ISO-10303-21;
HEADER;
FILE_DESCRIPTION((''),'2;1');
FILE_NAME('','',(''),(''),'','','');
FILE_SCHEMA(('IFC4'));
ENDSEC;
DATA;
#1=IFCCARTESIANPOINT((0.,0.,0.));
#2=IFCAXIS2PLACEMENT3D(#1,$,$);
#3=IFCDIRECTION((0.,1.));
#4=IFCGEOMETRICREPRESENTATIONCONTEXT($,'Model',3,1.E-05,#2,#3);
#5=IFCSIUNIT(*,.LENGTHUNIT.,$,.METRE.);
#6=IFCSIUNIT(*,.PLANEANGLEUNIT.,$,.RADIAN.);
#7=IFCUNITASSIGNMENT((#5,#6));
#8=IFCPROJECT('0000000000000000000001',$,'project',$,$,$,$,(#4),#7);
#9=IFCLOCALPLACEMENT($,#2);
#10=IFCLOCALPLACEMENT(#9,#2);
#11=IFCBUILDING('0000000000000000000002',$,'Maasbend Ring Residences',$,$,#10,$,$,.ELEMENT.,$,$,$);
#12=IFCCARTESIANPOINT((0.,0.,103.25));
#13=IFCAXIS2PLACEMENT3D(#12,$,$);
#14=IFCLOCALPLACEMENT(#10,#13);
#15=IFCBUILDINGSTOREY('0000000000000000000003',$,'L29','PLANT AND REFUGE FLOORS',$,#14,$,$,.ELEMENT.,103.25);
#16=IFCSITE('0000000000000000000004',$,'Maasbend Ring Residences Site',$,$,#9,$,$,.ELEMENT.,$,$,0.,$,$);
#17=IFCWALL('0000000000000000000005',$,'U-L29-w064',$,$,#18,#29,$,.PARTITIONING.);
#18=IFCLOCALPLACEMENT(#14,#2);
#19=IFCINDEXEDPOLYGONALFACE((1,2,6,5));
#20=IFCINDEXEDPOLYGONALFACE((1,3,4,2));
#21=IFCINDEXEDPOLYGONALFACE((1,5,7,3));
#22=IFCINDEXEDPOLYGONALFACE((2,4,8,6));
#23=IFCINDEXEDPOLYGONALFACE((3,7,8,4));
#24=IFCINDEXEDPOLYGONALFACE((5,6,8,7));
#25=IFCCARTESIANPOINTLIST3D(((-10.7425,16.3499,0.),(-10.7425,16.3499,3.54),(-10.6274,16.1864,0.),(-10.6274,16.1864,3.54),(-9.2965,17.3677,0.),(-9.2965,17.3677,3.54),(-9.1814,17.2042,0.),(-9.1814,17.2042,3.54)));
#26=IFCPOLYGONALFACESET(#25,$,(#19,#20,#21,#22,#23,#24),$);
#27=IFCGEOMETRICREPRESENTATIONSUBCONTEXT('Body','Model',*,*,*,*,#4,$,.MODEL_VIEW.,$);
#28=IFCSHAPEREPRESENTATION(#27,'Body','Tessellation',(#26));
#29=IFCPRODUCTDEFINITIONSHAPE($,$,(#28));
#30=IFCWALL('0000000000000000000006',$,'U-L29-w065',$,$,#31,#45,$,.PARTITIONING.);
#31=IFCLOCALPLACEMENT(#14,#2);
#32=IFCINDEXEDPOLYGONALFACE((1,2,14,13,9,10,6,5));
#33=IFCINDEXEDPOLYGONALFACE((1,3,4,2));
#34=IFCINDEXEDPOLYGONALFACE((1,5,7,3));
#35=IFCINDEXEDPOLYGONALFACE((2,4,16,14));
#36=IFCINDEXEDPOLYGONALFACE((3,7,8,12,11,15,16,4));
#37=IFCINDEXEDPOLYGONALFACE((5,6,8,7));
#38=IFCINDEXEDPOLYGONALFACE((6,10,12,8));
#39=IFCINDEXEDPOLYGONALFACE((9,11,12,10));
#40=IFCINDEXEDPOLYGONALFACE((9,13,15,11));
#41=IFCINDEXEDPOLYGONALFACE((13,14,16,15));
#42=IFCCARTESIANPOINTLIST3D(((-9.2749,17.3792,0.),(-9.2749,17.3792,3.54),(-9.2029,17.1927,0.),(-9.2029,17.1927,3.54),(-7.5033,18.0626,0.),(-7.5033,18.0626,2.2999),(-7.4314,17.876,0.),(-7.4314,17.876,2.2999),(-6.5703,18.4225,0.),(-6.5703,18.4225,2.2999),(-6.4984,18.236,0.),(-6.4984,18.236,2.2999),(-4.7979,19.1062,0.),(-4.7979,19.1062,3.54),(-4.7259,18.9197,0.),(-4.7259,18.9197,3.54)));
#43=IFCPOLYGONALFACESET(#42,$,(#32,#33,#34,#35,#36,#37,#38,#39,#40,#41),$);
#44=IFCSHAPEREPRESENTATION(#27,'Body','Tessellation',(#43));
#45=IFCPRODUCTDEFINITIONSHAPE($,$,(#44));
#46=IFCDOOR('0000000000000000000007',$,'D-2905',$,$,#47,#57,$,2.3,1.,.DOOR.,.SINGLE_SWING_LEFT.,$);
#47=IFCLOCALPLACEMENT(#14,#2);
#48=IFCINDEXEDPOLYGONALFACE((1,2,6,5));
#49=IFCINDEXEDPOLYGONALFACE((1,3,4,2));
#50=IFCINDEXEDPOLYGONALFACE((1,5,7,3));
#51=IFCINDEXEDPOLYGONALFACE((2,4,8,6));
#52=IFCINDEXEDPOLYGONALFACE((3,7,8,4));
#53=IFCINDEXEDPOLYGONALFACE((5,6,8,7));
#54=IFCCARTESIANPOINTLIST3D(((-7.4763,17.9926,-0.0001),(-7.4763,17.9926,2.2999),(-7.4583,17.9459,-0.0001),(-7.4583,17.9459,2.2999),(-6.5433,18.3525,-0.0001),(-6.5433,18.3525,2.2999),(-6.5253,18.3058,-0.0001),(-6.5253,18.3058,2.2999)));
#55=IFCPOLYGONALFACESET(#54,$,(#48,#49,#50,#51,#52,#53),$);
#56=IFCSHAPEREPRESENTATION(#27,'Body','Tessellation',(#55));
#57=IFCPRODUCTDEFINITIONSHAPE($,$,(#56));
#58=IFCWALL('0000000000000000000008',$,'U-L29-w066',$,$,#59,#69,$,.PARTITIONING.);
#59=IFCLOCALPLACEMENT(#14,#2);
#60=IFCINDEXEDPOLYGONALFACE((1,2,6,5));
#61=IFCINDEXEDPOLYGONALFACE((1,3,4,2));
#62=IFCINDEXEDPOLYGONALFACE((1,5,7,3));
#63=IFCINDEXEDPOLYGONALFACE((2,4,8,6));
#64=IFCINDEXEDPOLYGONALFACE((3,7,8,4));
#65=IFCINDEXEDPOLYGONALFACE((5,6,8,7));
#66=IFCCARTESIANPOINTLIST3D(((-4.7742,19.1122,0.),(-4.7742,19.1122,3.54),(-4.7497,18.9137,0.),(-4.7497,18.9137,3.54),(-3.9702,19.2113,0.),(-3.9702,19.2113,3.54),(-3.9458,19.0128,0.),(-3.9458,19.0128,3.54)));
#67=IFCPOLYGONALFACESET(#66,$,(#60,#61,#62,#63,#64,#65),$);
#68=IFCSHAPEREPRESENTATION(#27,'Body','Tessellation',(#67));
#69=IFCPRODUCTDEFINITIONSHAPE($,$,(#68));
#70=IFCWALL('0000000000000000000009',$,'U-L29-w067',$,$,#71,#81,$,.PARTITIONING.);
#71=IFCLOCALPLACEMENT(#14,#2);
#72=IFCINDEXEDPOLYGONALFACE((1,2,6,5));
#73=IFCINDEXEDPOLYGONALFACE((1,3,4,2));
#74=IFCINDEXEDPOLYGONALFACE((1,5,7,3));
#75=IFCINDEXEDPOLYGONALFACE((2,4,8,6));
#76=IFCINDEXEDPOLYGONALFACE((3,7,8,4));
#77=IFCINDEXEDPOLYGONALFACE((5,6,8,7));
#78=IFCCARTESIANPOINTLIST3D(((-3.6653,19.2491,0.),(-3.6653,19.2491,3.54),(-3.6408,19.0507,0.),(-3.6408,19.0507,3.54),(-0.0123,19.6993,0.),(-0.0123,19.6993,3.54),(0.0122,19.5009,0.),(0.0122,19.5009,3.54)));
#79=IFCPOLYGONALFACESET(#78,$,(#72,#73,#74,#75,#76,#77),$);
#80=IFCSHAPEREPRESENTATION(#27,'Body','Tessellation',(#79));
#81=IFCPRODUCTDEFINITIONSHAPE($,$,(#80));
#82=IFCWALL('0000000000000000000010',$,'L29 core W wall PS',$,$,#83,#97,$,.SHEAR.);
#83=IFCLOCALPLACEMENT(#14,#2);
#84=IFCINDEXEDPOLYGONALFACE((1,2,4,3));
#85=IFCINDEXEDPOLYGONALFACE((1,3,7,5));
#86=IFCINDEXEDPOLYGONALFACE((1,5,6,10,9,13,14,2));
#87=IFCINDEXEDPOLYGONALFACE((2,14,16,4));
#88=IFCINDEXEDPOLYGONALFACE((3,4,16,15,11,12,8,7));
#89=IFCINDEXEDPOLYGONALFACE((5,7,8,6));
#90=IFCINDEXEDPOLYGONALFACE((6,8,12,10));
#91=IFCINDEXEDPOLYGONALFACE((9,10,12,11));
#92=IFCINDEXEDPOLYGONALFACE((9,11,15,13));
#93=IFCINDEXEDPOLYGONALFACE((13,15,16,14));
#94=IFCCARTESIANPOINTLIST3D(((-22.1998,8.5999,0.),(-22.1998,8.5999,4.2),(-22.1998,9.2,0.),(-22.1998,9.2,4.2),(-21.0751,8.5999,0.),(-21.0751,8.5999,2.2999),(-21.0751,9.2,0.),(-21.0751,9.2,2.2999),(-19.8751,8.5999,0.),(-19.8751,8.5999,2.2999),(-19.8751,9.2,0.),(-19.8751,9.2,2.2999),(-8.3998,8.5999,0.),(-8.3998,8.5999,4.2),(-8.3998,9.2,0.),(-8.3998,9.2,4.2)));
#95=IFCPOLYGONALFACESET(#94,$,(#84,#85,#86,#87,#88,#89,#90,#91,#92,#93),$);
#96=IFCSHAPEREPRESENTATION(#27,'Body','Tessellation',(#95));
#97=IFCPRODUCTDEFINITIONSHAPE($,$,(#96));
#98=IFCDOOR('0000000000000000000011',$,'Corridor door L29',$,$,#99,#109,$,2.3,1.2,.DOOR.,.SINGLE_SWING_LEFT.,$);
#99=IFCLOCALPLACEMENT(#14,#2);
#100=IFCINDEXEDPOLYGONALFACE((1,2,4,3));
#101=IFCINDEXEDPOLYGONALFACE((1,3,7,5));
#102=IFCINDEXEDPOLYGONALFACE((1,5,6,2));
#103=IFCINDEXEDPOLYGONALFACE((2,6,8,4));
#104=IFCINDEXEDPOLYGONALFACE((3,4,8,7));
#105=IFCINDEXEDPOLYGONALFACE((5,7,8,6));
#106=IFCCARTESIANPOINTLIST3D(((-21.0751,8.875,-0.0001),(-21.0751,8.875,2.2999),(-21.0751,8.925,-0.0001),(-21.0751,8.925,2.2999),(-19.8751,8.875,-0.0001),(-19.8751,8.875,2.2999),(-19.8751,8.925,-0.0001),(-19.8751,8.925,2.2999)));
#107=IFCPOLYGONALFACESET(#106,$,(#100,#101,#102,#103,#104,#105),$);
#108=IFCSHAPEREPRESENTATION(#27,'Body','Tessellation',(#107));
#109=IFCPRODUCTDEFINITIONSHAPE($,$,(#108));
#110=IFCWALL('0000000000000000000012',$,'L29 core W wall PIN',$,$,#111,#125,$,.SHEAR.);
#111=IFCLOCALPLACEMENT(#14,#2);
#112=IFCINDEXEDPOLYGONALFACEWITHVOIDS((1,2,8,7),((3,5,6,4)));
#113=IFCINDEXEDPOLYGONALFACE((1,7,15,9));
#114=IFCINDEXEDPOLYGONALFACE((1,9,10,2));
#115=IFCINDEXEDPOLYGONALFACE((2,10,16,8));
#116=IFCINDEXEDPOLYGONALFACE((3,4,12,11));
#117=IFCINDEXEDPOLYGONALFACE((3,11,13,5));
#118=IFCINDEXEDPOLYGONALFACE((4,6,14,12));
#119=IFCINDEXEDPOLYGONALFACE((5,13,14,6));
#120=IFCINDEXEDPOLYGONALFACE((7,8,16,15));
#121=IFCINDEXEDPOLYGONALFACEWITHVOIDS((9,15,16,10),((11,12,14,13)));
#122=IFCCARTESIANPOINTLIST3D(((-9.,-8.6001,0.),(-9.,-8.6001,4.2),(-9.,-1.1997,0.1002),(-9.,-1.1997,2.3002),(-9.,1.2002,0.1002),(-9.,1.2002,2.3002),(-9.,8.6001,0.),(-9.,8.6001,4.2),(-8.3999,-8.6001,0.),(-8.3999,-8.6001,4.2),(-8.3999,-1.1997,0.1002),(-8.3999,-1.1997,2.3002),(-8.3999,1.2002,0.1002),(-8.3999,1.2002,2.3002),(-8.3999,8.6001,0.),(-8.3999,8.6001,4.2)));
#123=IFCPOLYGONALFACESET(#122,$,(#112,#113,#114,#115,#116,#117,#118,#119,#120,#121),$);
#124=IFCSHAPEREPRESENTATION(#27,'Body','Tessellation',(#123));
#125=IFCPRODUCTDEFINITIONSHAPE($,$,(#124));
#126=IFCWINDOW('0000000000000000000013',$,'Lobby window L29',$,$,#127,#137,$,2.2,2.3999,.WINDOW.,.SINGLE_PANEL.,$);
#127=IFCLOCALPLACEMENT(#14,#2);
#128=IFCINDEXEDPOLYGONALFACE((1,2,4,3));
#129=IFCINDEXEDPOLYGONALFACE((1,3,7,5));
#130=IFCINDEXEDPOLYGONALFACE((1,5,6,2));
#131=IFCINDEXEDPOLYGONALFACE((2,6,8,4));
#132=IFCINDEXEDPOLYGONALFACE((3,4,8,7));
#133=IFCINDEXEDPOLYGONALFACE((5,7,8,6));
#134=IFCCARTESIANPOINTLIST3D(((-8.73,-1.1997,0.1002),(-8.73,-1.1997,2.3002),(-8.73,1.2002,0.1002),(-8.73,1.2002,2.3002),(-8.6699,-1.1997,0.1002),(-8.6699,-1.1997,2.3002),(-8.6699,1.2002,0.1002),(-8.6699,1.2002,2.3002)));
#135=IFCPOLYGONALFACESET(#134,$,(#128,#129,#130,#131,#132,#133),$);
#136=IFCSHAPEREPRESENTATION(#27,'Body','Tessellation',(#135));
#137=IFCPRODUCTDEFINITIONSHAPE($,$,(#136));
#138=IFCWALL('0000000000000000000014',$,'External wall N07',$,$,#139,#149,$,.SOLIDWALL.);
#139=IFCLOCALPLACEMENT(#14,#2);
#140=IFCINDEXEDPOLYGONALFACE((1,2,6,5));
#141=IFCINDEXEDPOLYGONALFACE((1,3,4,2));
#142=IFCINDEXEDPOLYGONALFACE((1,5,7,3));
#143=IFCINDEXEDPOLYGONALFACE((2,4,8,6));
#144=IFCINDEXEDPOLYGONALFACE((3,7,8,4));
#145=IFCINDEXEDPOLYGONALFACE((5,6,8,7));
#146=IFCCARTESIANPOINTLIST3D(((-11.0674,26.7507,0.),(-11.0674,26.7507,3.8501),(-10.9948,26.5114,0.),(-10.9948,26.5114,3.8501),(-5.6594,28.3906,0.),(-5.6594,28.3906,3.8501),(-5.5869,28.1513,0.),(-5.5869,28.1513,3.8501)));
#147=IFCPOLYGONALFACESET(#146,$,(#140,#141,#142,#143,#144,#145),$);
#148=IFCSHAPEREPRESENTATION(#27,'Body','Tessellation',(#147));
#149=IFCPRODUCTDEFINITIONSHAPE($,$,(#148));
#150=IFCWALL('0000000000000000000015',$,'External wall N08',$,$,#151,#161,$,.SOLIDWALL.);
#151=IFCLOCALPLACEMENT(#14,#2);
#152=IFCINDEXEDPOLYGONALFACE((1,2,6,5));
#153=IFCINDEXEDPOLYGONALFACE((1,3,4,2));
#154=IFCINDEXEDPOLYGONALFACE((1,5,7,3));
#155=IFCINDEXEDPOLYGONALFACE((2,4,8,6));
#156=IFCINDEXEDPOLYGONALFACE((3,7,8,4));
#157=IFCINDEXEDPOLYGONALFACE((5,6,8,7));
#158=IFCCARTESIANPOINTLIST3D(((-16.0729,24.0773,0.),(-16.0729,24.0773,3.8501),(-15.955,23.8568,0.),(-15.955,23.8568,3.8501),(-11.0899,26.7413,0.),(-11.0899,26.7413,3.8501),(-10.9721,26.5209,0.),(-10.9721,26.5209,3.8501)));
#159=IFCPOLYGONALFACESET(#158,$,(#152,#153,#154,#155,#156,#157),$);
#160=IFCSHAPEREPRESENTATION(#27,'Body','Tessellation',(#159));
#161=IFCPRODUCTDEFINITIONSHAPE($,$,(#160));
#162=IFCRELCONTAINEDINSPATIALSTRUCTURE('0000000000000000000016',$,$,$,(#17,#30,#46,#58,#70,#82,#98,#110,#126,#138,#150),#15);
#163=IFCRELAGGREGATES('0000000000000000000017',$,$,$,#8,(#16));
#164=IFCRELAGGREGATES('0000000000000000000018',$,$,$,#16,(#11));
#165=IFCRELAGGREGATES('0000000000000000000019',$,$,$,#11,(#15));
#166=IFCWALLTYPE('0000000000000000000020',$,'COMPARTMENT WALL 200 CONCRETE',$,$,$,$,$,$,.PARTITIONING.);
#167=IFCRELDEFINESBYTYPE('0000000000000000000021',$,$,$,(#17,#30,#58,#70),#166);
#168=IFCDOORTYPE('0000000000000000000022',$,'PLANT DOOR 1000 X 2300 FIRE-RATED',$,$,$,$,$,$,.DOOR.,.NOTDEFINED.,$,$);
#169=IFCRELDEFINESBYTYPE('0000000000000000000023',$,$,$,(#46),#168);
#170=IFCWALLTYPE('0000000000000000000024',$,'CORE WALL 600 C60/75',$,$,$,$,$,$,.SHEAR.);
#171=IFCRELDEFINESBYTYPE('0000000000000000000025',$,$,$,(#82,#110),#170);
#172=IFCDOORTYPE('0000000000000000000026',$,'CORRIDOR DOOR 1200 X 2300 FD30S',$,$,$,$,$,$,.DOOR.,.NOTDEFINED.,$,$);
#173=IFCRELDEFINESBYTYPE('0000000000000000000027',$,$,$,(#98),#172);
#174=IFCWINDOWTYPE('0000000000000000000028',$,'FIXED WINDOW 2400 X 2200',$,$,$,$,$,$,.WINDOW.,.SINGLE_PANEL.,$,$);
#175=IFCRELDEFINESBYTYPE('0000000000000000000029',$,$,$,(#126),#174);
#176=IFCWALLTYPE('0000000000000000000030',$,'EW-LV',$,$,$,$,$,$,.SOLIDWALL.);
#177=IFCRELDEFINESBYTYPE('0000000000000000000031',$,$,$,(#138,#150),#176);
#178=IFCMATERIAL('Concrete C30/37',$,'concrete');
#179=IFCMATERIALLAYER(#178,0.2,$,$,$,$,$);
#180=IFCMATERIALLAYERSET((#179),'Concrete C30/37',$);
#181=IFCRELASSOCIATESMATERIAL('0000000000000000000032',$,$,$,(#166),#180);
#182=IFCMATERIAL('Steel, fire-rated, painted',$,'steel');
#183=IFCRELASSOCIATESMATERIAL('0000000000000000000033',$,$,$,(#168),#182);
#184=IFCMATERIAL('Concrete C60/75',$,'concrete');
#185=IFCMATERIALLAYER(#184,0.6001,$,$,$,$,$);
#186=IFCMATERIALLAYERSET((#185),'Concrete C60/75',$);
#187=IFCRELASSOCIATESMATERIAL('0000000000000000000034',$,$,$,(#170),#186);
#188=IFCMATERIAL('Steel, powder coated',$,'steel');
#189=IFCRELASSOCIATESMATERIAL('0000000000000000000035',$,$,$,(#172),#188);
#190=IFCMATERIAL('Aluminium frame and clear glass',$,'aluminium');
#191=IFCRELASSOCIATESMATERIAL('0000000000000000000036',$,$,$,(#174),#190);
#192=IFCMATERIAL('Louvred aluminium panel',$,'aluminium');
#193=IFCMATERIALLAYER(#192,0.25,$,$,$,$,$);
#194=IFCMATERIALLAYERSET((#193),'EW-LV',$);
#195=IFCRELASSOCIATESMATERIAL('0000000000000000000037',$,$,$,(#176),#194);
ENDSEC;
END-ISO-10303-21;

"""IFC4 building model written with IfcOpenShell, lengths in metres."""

from ifc_helpers import new_model, si_unit, direction, frame, frame_2d, origin, place, context, subcontext, project, spatial, rectangle, extrude, material, layer, layer_set, type_object, element, fill, save


model = new_model("IFC4")

# Units and contexts
model_context = context("Model", 3, precision=1e-05, world=origin(), true_north=direction((0.0, 1.0)))
body_context = subcontext(model_context, "Body", "Model", "MODEL_VIEW")
ifc_project = project(units=[si_unit("LENGTHUNIT", "METRE"), si_unit("PLANEANGLEUNIT", "RADIAN")], contexts=[model_context])

# Site, building, storey
site_placement = place(None, origin())
site = spatial("IfcSite", under=ifc_project, at=site_placement, Name="Maasbend Ring Residences Site", CompositionType="ELEMENT", RefElevation=0.0)
building_placement = place(site_placement, origin())
building = spatial("IfcBuilding", under=site, at=building_placement, Name="Maasbend Ring Residences", CompositionType="ELEMENT")
storey_placement = place(building_placement, frame((0.0, 0.0, 103.25)))
storey = spatial("IfcBuildingStorey", under=building, at=storey_placement, Name="L29", Description="PLANT AND REFUGE FLOORS", CompositionType="ELEMENT", Elevation=103.25)

# Shared definitions
ifc_material_1 = material(Name="Concrete C30/37", Category="concrete")
ifc_layer_1 = layer(ifc_material_1, 0.2)
ifc_layer_set_1 = layer_set([ifc_layer_1], Name="Concrete C30/37")
wall_type_1 = type_object("IfcWallType", Name="COMPARTMENT WALL 200 CONCRETE", PredefinedType="PARTITIONING", material=ifc_layer_set_1)

# Shared definitions
ifc_material_2 = material(Name="Steel, fire-rated, painted", Category="steel")
door_type_1 = type_object("IfcDoorType", Name="PLANT DOOR 1000 X 2300 FIRE-RATED", OperationType="NOTDEFINED", PredefinedType="DOOR", material=ifc_material_2)

# Wall
wall_1_placement = place(storey_placement, frame((-10.6851, 16.2681, 0.0), z_axis=(0.0, 0.0, 1.0), x_axis=(0.817744, 0.575582, 0.0)))
element("IfcWall", 1, at=wall_1_placement, inside=storey, type_object=wall_type_1, Name="U-L29-w064", PredefinedType="PARTITIONING", context=body_context, shape_type="SweptSolid", body=[
    extrude(rectangle(XDim=1.7683, YDim=0.2, at=frame_2d((0.8843, 0.0))), origin(), (0.0, 0.0, 1.0), 3.54),
])

# Wall, opening, door
wall_2_placement = place(storey_placement, frame((-9.239, 17.2859, 0.0), z_axis=(0.0, 0.0, 1.0), x_axis=(0.932988, 0.359906, 0.0)))
wall_2 = element("IfcWall", 2, at=wall_2_placement, inside=storey, type_object=wall_type_1, Name="U-L29-w065", PredefinedType="PARTITIONING", context=body_context, shape_type="SweptSolid", body=[
    extrude(rectangle(XDim=4.7986, YDim=0.2, at=frame_2d((2.3994, 0.0))), origin(), (0.0, 0.0, 1.0), 3.54),
])
opening_1_placement = place(wall_2_placement, frame((1.8989, 0.0, 0.0)))
opening_1 = element("IfcOpeningElement", 3, at=opening_1_placement, cuts=wall_2, PredefinedType="OPENING", context=body_context, shape_type="SweptSolid", body=[
    extrude(rectangle(XDim=1.0, YDim=2.3, at=frame_2d((0.5, 1.1499))), frame((0.0, 0.1099, 0.0), z_axis=(0.0, -1.0, 0.0), x_axis=(1.0, 0.0, 0.0)), (0.0, 0.0, 1.0), 0.22),
])
door_1_placement = place(opening_1_placement, origin())
door_1 = element("IfcDoor", 4, at=door_1_placement, inside=storey, type_object=door_type_1, Name="D-2905", OperationType="SINGLE_SWING_LEFT", OverallHeight=2.3, OverallWidth=1.0, PredefinedType="DOOR", context=body_context, shape_type="SweptSolid", body=[
    extrude(rectangle(XDim=1.0, YDim=2.3, at=frame_2d((0.5, 1.1499))), frame((0.0, 0.0249, 0.0), z_axis=(0.0, -1.0, 0.0), x_axis=(1.0, 0.0, 0.0)), (0.0, 0.0, 1.0), 0.05),
])
fill(opening_1, door_1)

# Walls
wall_3_placement = place(storey_placement, frame((-4.762, 19.0129, 0.0), z_axis=(0.0, 0.0, 1.0), x_axis=(0.992485, 0.122365, 0.0)))
element("IfcWall", 5, at=wall_3_placement, inside=storey, type_object=wall_type_1, Name="U-L29-w066", PredefinedType="PARTITIONING", context=body_context, shape_type="SweptSolid", body=[
    extrude(rectangle(XDim=0.8101, YDim=0.2, at=frame_2d((0.405, 0.0))), origin(), (0.0, 0.0, 1.0), 3.54),
])
wall_4_placement = place(storey_placement, frame((-3.6531, 19.1499, 0.0), z_axis=(0.0, 0.0, 1.0), x_axis=(0.992492, 0.122312, 0.0)))
element("IfcWall", 6, at=wall_4_placement, inside=storey, type_object=wall_type_1, Name="U-L29-w067", PredefinedType="PARTITIONING", context=body_context, shape_type="SweptSolid", body=[
    extrude(rectangle(XDim=3.6807, YDim=0.2, at=frame_2d((1.8403, 0.0))), origin(), (0.0, 0.0, 1.0), 3.54),
])

# Wall, opening, door
ifc_material_3 = material(Name="Concrete C60/75", Category="concrete")
ifc_layer_2 = layer(ifc_material_3, 0.6001)
ifc_layer_set_2 = layer_set([ifc_layer_2], Name="Concrete C60/75")
wall_type_2 = type_object("IfcWallType", Name="CORE WALL 600 C60/75", PredefinedType="SHEAR", material=ifc_layer_set_2)
wall_5_placement = place(storey_placement, frame((-8.3999, 8.8999, 0.0), z_axis=(0.0, 0.0, 1.0), x_axis=(-1.0, 0.0, 0.0)))
wall_5 = element("IfcWall", 7, at=wall_5_placement, inside=storey, type_object=wall_type_2, Name="L29 core W wall PS", PredefinedType="SHEAR", context=body_context, shape_type="SweptSolid", body=[
    extrude(rectangle(XDim=13.8, YDim=0.6001, at=frame_2d((6.8999, 0.0))), origin(), (0.0, 0.0, 1.0), 4.2),
])
opening_2_placement = place(wall_5_placement, frame((11.4751, 0.0, 0.0)))
opening_2 = element("IfcOpeningElement", 8, at=opening_2_placement, cuts=wall_5, PredefinedType="OPENING", context=body_context, shape_type="SweptSolid", body=[
    extrude(rectangle(XDim=1.2, YDim=2.3, at=frame_2d((0.6001, 1.1499))), frame((0.0, 0.3101, 0.0), z_axis=(0.0, -1.0, 0.0), x_axis=(1.0, 0.0, 0.0)), (0.0, 0.0, 1.0), 0.6201),
])
ifc_material_4 = material(Name="Steel, powder coated", Category="steel")
door_type_2 = type_object("IfcDoorType", Name="CORRIDOR DOOR 1200 X 2300 FD30S", OperationType="NOTDEFINED", PredefinedType="DOOR", material=ifc_material_4)
door_2_placement = place(opening_2_placement, origin())
door_2 = element("IfcDoor", 9, at=door_2_placement, inside=storey, type_object=door_type_2, Name="Corridor door L29", OperationType="SINGLE_SWING_LEFT", OverallHeight=2.3, OverallWidth=1.2, PredefinedType="DOOR", context=body_context, shape_type="SweptSolid", body=[
    extrude(rectangle(XDim=1.2, YDim=2.3, at=frame_2d((0.6001, 1.1499))), frame((0.0, 0.0249, 0.0), z_axis=(0.0, -1.0, 0.0), x_axis=(1.0, 0.0, 0.0)), (0.0, 0.0, 1.0), 0.05),
])
fill(opening_2, door_2)

# Wall, opening, window
wall_6_placement = place(storey_placement, frame((-8.7, 8.6001, 0.0), z_axis=(0.0, 0.0, 1.0), x_axis=(0.0, -1.0, 0.0)))
wall_6 = element("IfcWall", 10, at=wall_6_placement, inside=storey, type_object=wall_type_2, Name="L29 core W wall PIN", PredefinedType="SHEAR", context=body_context, shape_type="SweptSolid", body=[
    extrude(rectangle(XDim=17.2002, YDim=0.6001, at=frame_2d((8.6001, 0.0))), origin(), (0.0, 0.0, 1.0), 4.2),
])
opening_3_placement = place(wall_6_placement, frame((7.3999, 0.0, 0.1001)))
opening_3 = element("IfcOpeningElement", 11, at=opening_3_placement, cuts=wall_6, PredefinedType="OPENING", context=body_context, shape_type="SweptSolid", body=[
    extrude(rectangle(XDim=2.3999, YDim=2.2, at=frame_2d((1.2, 1.1001))), frame((0.0, 0.3101, 0.0), z_axis=(0.0, -1.0, 0.0), x_axis=(1.0, 0.0, 0.0)), (0.0, 0.0, 1.0), 0.6201),
])
ifc_material_5 = material(Name="Aluminium frame and clear glass", Category="aluminium")
window_type = type_object("IfcWindowType", Name="FIXED WINDOW 2400 X 2200", PartitioningType="SINGLE_PANEL", PredefinedType="WINDOW", material=ifc_material_5)
window_placement = place(opening_3_placement, origin())
window = element("IfcWindow", 12, at=window_placement, inside=storey, type_object=window_type, Name="Lobby window L29", OverallHeight=2.2, OverallWidth=2.3999, PartitioningType="SINGLE_PANEL", PredefinedType="WINDOW", context=body_context, shape_type="SweptSolid", body=[
    extrude(rectangle(XDim=2.3999, YDim=2.2, at=frame_2d((1.2, 1.1001))), frame((0.0, 0.03, 0.0), z_axis=(0.0, -1.0, 0.0), x_axis=(1.0, 0.0, 0.0)), (0.0, 0.0, 1.0), 0.0601),
])
fill(opening_3, window)

# Walls
ifc_material_6 = material(Name="Louvred aluminium panel", Category="aluminium")
ifc_layer_3 = layer(ifc_material_6, 0.25)
ifc_layer_set_3 = layer_set([ifc_layer_3], Name="EW-LV")
wall_type_3 = type_object("IfcWallType", Name="EW-LV", PredefinedType="SOLIDWALL", material=ifc_layer_set_3)
wall_7_placement = place(storey_placement, frame((-5.623, 28.271, 0.0), z_axis=(0.0, 0.0, 1.0), x_axis=(-0.95697, -0.290188, 0.0)))
element("IfcWall", 13, at=wall_7_placement, inside=storey, type_object=wall_type_3, Name="External wall N07", PredefinedType="SOLIDWALL", context=body_context, shape_type="SweptSolid", body=[
    extrude(rectangle(XDim=5.6511, YDim=0.25, at=frame_2d((2.8257, 0.0))), origin(), (0.0, 0.0, 1.0), 3.8501),
])
wall_8_placement = place(storey_placement, frame((-11.031, 26.6311, 0.0), z_axis=(0.0, 0.0, 1.0), x_axis=(-0.881874, -0.471485, 0.0)))
element("IfcWall", 14, at=wall_8_placement, inside=storey, type_object=wall_type_3, Name="External wall N08", PredefinedType="SOLIDWALL", context=body_context, shape_type="SweptSolid", body=[
    extrude(rectangle(XDim=5.6504, YDim=0.25, at=frame_2d((2.8252, 0.0))), origin(), (0.0, 0.0, 1.0), 3.8501),
])

save(model, "model.ifc")
